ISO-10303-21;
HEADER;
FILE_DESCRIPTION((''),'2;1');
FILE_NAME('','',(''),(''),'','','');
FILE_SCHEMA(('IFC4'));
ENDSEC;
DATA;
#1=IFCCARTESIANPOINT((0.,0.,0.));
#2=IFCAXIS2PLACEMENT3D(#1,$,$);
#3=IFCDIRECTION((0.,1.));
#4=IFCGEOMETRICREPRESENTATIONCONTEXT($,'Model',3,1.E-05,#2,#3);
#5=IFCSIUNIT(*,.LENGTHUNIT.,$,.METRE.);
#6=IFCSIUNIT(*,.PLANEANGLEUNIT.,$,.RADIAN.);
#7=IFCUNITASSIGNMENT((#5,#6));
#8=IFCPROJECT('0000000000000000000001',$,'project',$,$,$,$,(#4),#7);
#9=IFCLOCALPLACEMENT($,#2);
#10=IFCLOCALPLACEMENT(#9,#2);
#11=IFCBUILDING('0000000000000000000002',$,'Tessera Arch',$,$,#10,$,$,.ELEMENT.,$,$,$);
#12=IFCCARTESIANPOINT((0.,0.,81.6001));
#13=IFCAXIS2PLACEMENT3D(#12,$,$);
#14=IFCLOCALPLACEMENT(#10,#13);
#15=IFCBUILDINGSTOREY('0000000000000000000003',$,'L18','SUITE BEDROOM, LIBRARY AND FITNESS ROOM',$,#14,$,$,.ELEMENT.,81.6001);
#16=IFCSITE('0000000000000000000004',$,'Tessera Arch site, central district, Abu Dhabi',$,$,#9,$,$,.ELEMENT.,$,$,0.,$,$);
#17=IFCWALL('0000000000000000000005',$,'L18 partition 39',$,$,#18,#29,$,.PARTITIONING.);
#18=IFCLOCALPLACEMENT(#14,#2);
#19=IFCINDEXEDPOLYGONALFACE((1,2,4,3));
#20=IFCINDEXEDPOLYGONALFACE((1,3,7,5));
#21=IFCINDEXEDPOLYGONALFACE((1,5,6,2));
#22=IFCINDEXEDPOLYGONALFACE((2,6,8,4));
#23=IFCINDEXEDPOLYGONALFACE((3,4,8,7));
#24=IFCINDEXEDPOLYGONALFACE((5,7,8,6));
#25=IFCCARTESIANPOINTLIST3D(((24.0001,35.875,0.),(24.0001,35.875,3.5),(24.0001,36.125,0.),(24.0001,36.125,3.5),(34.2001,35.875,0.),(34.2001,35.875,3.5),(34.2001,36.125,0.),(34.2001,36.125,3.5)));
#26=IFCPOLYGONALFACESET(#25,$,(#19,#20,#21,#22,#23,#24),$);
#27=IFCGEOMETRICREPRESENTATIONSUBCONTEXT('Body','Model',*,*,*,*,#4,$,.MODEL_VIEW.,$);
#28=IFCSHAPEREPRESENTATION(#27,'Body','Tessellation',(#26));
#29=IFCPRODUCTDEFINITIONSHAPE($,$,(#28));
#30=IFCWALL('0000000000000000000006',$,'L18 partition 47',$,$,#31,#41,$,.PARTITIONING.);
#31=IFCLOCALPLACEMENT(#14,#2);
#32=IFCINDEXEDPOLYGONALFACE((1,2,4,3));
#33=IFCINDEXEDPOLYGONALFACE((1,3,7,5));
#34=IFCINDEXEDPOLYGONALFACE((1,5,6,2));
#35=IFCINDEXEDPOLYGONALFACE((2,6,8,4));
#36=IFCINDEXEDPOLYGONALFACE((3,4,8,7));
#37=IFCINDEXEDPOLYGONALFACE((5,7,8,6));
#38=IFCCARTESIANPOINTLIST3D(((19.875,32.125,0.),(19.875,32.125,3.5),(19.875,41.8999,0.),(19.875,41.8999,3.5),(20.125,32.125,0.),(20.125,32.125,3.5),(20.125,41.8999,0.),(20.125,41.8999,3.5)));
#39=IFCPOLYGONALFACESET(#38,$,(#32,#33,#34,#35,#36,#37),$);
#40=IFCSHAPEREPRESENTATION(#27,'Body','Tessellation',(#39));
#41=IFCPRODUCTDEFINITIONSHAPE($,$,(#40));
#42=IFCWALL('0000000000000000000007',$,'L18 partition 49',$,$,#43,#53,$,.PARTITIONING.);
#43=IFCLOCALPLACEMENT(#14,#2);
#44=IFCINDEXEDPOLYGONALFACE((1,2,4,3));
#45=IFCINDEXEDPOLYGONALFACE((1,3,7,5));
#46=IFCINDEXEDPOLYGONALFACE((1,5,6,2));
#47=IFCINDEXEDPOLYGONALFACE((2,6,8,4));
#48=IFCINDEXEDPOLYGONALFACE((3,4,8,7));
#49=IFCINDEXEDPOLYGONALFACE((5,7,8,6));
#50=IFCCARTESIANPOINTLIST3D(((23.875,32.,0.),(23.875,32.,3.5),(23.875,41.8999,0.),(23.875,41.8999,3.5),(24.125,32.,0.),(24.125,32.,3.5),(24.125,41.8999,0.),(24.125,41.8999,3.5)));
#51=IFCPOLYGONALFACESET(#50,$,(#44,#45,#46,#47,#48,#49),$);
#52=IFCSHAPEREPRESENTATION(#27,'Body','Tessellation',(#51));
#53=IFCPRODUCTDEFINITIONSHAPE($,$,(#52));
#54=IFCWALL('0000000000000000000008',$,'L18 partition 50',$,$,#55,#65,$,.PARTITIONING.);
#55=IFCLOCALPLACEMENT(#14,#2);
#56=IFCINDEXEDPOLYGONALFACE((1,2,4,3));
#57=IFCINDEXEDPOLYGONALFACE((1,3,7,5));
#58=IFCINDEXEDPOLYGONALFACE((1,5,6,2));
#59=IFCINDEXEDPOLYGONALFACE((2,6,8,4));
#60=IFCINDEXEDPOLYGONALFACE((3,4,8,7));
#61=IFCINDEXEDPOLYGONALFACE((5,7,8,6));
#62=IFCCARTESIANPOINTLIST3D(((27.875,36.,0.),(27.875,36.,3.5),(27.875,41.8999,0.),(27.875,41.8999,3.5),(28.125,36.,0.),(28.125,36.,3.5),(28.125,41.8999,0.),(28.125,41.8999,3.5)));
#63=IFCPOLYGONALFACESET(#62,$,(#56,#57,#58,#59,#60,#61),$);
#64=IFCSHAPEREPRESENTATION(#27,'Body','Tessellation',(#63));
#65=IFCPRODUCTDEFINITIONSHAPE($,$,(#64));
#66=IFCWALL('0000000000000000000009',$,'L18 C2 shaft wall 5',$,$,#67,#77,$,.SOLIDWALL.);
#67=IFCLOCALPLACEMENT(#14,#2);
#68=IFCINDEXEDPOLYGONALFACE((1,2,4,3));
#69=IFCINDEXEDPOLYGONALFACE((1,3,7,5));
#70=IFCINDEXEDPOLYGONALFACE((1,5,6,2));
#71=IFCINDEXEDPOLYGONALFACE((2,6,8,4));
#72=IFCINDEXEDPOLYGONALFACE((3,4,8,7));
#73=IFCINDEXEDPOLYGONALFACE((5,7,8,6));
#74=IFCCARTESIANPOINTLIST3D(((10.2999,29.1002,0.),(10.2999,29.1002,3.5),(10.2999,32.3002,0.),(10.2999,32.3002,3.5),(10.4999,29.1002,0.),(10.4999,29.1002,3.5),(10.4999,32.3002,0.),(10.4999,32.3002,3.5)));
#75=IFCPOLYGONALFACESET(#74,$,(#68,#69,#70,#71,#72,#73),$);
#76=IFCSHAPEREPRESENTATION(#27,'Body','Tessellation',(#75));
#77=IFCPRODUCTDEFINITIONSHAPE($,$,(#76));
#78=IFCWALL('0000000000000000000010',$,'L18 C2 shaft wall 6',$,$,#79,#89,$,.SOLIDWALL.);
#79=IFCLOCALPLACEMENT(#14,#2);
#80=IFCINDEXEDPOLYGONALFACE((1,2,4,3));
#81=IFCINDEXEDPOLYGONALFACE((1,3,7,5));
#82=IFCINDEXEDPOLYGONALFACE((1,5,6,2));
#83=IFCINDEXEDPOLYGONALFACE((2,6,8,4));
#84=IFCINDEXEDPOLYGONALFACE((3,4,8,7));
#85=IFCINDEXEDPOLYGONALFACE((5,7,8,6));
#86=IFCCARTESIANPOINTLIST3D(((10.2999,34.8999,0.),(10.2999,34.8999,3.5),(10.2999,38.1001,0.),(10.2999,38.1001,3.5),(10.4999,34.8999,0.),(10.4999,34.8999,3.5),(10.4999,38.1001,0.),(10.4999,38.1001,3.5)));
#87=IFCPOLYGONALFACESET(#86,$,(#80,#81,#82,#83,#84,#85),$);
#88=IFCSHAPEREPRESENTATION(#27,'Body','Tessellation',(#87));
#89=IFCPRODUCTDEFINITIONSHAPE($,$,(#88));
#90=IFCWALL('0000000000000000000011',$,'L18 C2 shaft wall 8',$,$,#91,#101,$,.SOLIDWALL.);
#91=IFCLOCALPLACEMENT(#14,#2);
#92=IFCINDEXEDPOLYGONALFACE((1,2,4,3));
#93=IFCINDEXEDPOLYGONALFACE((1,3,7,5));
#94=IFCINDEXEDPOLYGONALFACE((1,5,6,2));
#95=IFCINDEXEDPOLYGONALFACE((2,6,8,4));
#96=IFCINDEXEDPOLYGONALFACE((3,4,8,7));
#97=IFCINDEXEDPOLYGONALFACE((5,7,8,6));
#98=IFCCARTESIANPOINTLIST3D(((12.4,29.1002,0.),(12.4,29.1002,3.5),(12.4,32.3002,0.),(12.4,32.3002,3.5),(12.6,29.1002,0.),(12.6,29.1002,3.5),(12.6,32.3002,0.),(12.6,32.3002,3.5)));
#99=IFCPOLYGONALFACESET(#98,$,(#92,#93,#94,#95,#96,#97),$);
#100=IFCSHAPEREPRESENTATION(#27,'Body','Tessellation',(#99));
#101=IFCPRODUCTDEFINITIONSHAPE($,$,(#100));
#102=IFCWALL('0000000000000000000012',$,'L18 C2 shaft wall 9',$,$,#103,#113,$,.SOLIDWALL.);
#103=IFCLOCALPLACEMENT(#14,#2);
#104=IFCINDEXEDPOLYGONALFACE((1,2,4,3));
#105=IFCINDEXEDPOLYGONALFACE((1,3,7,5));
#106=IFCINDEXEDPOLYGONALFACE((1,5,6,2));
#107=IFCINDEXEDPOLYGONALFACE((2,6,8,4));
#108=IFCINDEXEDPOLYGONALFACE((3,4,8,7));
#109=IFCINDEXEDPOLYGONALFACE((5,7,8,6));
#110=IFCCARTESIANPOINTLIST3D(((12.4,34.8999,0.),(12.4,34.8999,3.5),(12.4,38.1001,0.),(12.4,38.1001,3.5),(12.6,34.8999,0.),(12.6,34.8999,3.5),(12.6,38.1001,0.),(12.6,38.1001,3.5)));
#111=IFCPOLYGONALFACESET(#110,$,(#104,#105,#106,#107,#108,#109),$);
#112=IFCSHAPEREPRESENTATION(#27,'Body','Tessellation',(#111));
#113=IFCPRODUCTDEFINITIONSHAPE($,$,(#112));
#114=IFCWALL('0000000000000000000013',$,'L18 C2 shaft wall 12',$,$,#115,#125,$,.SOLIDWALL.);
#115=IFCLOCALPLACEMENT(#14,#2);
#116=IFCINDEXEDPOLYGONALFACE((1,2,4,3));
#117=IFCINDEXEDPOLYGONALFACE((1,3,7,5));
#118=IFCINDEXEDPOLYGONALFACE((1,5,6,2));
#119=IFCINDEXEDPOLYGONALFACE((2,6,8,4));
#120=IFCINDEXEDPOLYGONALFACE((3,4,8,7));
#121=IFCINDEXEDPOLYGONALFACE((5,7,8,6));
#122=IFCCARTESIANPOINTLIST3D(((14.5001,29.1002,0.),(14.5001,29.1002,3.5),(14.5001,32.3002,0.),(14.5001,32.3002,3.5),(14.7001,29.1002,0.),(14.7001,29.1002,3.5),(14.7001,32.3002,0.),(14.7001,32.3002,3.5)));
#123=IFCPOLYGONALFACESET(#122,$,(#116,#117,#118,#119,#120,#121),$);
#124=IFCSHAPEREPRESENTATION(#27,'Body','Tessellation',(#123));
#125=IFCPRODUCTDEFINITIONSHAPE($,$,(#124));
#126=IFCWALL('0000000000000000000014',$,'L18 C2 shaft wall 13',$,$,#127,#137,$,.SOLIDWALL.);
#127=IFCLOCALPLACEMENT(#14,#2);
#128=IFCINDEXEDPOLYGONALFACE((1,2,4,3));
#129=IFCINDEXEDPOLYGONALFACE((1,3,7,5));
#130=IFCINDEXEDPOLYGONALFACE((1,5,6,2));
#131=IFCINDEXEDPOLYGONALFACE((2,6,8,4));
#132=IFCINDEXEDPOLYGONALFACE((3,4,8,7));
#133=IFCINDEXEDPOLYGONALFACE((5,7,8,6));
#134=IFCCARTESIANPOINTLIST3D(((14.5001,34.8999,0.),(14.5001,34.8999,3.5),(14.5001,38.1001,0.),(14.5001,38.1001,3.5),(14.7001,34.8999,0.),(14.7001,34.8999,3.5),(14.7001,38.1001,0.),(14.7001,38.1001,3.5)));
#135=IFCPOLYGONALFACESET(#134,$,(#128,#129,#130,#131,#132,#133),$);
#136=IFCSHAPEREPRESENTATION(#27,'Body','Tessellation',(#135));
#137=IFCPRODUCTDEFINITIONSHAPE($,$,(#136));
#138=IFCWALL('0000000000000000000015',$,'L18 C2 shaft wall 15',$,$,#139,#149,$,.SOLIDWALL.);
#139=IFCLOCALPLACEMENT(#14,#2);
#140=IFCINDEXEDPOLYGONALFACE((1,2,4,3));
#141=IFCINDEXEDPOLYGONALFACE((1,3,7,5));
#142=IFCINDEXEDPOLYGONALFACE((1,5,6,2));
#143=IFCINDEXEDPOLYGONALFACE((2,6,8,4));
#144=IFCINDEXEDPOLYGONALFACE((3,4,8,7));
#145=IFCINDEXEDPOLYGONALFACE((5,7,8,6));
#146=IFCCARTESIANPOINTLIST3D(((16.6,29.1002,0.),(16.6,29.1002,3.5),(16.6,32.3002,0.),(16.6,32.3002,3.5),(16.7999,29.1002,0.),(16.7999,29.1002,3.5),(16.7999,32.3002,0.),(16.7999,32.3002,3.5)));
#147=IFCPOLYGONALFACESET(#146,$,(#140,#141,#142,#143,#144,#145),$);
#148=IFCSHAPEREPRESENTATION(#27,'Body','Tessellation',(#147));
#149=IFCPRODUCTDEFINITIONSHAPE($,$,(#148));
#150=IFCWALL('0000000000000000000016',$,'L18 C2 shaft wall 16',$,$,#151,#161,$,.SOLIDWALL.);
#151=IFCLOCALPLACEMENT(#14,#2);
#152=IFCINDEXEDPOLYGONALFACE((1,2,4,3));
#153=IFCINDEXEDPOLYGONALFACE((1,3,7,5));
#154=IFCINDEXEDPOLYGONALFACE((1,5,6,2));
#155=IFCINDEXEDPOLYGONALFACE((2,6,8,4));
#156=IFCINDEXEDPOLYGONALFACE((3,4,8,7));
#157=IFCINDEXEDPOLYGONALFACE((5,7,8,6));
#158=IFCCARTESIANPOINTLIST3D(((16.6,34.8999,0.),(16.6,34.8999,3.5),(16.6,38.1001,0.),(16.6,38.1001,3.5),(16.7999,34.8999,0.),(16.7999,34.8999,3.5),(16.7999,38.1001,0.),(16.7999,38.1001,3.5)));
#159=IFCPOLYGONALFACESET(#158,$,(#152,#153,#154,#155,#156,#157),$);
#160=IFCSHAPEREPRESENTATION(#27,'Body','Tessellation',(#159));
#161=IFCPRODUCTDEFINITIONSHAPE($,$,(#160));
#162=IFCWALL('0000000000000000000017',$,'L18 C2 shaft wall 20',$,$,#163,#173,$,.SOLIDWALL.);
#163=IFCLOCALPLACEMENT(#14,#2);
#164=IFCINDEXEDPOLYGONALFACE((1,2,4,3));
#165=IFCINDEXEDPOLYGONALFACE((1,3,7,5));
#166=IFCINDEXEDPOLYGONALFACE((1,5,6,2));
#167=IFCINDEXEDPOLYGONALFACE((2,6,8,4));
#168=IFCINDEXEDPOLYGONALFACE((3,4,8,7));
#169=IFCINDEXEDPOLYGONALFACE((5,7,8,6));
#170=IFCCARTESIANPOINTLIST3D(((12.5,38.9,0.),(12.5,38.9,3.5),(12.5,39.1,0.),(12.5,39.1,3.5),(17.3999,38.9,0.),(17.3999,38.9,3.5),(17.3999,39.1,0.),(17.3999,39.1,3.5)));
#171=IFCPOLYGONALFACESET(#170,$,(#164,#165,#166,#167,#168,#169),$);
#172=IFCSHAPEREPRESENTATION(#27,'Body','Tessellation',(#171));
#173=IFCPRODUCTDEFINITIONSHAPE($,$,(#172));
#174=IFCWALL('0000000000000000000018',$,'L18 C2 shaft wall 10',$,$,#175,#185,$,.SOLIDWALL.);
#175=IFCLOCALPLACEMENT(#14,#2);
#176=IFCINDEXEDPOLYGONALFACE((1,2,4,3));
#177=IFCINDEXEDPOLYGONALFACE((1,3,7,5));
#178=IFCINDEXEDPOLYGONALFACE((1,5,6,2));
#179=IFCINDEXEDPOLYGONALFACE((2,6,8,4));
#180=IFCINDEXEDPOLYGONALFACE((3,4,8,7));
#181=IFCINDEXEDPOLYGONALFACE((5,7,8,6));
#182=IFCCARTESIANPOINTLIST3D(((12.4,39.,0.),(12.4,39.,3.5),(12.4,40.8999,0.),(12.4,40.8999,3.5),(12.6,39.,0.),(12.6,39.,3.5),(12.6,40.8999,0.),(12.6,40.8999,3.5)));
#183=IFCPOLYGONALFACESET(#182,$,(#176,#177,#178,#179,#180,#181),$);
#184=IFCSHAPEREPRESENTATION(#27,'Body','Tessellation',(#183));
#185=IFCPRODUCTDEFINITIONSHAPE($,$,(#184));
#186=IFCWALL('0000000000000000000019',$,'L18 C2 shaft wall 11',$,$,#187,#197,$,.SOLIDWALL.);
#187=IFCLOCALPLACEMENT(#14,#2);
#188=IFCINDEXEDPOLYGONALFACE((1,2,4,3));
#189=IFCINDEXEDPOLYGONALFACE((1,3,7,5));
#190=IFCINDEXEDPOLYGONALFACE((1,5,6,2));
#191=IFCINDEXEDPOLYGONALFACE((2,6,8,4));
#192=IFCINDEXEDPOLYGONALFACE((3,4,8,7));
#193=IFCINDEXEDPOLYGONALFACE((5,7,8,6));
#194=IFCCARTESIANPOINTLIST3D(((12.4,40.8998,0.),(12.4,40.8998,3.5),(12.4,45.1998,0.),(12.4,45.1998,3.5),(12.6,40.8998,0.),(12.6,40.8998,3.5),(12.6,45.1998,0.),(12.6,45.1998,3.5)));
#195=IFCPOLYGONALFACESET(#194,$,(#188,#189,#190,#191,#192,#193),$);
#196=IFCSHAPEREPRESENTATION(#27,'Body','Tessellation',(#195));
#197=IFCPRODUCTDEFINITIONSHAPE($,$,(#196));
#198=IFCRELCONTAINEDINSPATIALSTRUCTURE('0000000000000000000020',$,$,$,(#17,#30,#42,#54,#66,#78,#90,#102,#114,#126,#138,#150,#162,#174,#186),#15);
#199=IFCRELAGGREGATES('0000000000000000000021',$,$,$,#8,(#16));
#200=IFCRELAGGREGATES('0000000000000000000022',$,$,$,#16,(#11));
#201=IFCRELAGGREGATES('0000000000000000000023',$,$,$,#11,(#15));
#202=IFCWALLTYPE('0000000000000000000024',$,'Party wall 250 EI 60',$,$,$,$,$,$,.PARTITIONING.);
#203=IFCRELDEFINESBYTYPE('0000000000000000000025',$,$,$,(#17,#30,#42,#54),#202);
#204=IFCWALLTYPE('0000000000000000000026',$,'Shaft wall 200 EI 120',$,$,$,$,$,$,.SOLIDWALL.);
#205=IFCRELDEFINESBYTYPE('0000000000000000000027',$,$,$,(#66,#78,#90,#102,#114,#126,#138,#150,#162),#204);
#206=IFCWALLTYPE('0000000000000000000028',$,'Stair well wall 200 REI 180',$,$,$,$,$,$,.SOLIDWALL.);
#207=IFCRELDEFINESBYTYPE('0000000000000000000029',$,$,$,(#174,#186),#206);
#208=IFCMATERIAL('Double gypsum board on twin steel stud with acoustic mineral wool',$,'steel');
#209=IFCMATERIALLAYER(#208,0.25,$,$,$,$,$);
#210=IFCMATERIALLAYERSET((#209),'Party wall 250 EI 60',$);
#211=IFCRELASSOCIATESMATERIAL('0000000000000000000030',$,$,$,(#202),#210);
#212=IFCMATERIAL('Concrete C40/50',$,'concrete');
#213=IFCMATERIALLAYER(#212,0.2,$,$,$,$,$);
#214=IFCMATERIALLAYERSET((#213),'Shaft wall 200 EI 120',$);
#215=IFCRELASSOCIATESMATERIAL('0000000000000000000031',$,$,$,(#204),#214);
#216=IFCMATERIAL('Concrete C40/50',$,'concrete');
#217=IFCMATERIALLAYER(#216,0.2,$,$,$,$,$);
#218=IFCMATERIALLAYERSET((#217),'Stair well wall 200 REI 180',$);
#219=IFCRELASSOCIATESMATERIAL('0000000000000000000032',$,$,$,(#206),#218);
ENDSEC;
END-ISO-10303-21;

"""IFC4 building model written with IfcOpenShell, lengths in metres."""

from ifc_helpers import new_model, si_unit, direction, frame, frame_2d, origin, place, context, subcontext, project, spatial, rectangle, extrude, material, layer, layer_set, type_object, element, save


model = new_model("IFC4")

# Units and contexts
model_context = context("Model", 3, precision=1e-05, world=origin(), true_north=direction((0.0, 1.0)))
body_context = subcontext(model_context, "Body", "Model", "MODEL_VIEW")
ifc_project = project(units=[si_unit("LENGTHUNIT", "METRE"), si_unit("PLANEANGLEUNIT", "RADIAN")], contexts=[model_context])

# Site, building, storey
site_placement = place(None, origin())
site = spatial("IfcSite", under=ifc_project, at=site_placement, Name="Tessera Arch site, central district, Abu Dhabi", CompositionType="ELEMENT", RefElevation=0.0)
building_placement = place(site_placement, origin())
building = spatial("IfcBuilding", under=site, at=building_placement, Name="Tessera Arch", CompositionType="ELEMENT")
storey_placement = place(building_placement, frame((0.0, 0.0, 81.6001)))
storey = spatial("IfcBuildingStorey", under=building, at=storey_placement, Name="L18", Description="SUITE BEDROOM, LIBRARY AND FITNESS ROOM", CompositionType="ELEMENT", Elevation=81.6001)

# Walls
ifc_material_1 = material(Name="Double gypsum board on twin steel stud with acoustic mineral wool", Category="steel")
ifc_layer_1 = layer(ifc_material_1, 0.25)
ifc_layer_set_1 = layer_set([ifc_layer_1], Name="Party wall 250 EI 60")
wall_type_1 = type_object("IfcWallType", Name="Party wall 250 EI 60", PredefinedType="PARTITIONING", material=ifc_layer_set_1)
wall_1_placement = place(storey_placement, frame((24.0, 36.0, 0.0), z_axis=(0.0, 0.0, 1.0), x_axis=(1.0, 0.0, 0.0)))
element("IfcWall", 1, at=wall_1_placement, inside=storey, type_object=wall_type_1, Name="L18 partition 39", PredefinedType="PARTITIONING", context=body_context, shape_type="SweptSolid", body=[
    extrude(rectangle(XDim=10.2, YDim=0.25, at=frame_2d((5.1001, 0.0))), origin(), (0.0, 0.0, 1.0), 3.5),
])
wall_2_placement = place(storey_placement, frame((20.0, 32.125, 0.0), z_axis=(0.0, 0.0, 1.0), x_axis=(0.0, 1.0, 0.0)))
element("IfcWall", 2, at=wall_2_placement, inside=storey, type_object=wall_type_1, Name="L18 partition 47", PredefinedType="PARTITIONING", context=body_context, shape_type="SweptSolid", body=[
    extrude(rectangle(XDim=9.7749, YDim=0.25, at=frame_2d((4.8875, 0.0))), origin(), (0.0, 0.0, 1.0), 3.5),
])
wall_3_placement = place(storey_placement, frame((24.0, 32.0, 0.0), z_axis=(0.0, 0.0, 1.0), x_axis=(0.0, 1.0, 0.0)))
element("IfcWall", 3, at=wall_3_placement, inside=storey, type_object=wall_type_1, Name="L18 partition 49", PredefinedType="PARTITIONING", context=body_context, shape_type="SweptSolid", body=[
    extrude(rectangle(XDim=9.8999, YDim=0.25, at=frame_2d((4.95, 0.0))), origin(), (0.0, 0.0, 1.0), 3.5),
])
wall_4_placement = place(storey_placement, frame((28.0, 36.0, 0.0), z_axis=(0.0, 0.0, 1.0), x_axis=(0.0, 1.0, 0.0)))
element("IfcWall", 4, at=wall_4_placement, inside=storey, type_object=wall_type_1, Name="L18 partition 50", PredefinedType="PARTITIONING", context=body_context, shape_type="SweptSolid", body=[
    extrude(rectangle(XDim=5.8999, YDim=0.25, at=frame_2d((2.95, 0.0))), origin(), (0.0, 0.0, 1.0), 3.5),
])
ifc_material_2 = material(Name="Concrete C40/50", Category="concrete")
ifc_layer_2 = layer(ifc_material_2, 0.2)
ifc_layer_set_2 = layer_set([ifc_layer_2], Name="Shaft wall 200 EI 120")
wall_type_2 = type_object("IfcWallType", Name="Shaft wall 200 EI 120", PredefinedType="SOLIDWALL", material=ifc_layer_set_2)
wall_5_placement = place(storey_placement, frame((10.3999, 29.1001, 0.0), z_axis=(0.0, 0.0, 1.0), x_axis=(0.0, 1.0, 0.0)))
element("IfcWall", 5, at=wall_5_placement, inside=storey, type_object=wall_type_2, Name="L18 C2 shaft wall 5", PredefinedType="SOLIDWALL", context=body_context, shape_type="SweptSolid", body=[
    extrude(rectangle(XDim=3.2, YDim=0.2, at=frame_2d((1.6001, 0.0))), origin(), (0.0, 0.0, 1.0), 3.5),
])
wall_6_placement = place(storey_placement, frame((10.3999, 34.8999, 0.0), z_axis=(0.0, 0.0, 1.0), x_axis=(0.0, 1.0, 0.0)))
element("IfcWall", 6, at=wall_6_placement, inside=storey, type_object=wall_type_2, Name="L18 C2 shaft wall 6", PredefinedType="SOLIDWALL", context=body_context, shape_type="SweptSolid", body=[
    extrude(rectangle(XDim=3.2002, YDim=0.2, at=frame_2d((1.6001, 0.0))), origin(), (0.0, 0.0, 1.0), 3.5),
])
wall_7_placement = place(storey_placement, frame((12.5, 29.1001, 0.0), z_axis=(0.0, 0.0, 1.0), x_axis=(0.0, 1.0, 0.0)))
element("IfcWall", 7, at=wall_7_placement, inside=storey, type_object=wall_type_2, Name="L18 C2 shaft wall 8", PredefinedType="SOLIDWALL", context=body_context, shape_type="SweptSolid", body=[
    extrude(rectangle(XDim=3.2, YDim=0.2, at=frame_2d((1.6001, 0.0))), origin(), (0.0, 0.0, 1.0), 3.5),
])
wall_8_placement = place(storey_placement, frame((12.5, 34.8999, 0.0), z_axis=(0.0, 0.0, 1.0), x_axis=(0.0, 1.0, 0.0)))
element("IfcWall", 8, at=wall_8_placement, inside=storey, type_object=wall_type_2, Name="L18 C2 shaft wall 9", PredefinedType="SOLIDWALL", context=body_context, shape_type="SweptSolid", body=[
    extrude(rectangle(XDim=3.2002, YDim=0.2, at=frame_2d((1.6001, 0.0))), origin(), (0.0, 0.0, 1.0), 3.5),
])
wall_9_placement = place(storey_placement, frame((14.6001, 29.1001, 0.0), z_axis=(0.0, 0.0, 1.0), x_axis=(0.0, 1.0, 0.0)))
element("IfcWall", 9, at=wall_9_placement, inside=storey, type_object=wall_type_2, Name="L18 C2 shaft wall 12", PredefinedType="SOLIDWALL", context=body_context, shape_type="SweptSolid", body=[
    extrude(rectangle(XDim=3.2, YDim=0.2, at=frame_2d((1.6001, 0.0))), origin(), (0.0, 0.0, 1.0), 3.5),
])
wall_10_placement = place(storey_placement, frame((14.6001, 34.8999, 0.0), z_axis=(0.0, 0.0, 1.0), x_axis=(0.0, 1.0, 0.0)))
element("IfcWall", 10, at=wall_10_placement, inside=storey, type_object=wall_type_2, Name="L18 C2 shaft wall 13", PredefinedType="SOLIDWALL", context=body_context, shape_type="SweptSolid", body=[
    extrude(rectangle(XDim=3.2002, YDim=0.2, at=frame_2d((1.6001, 0.0))), origin(), (0.0, 0.0, 1.0), 3.5),
])
wall_11_placement = place(storey_placement, frame((16.7, 29.1001, 0.0), z_axis=(0.0, 0.0, 1.0), x_axis=(0.0, 1.0, 0.0)))
element("IfcWall", 11, at=wall_11_placement, inside=storey, type_object=wall_type_2, Name="L18 C2 shaft wall 15", PredefinedType="SOLIDWALL", context=body_context, shape_type="SweptSolid", body=[
    extrude(rectangle(XDim=3.2, YDim=0.2, at=frame_2d((1.6001, 0.0))), origin(), (0.0, 0.0, 1.0), 3.5),
])
wall_12_placement = place(storey_placement, frame((16.7, 34.8999, 0.0), z_axis=(0.0, 0.0, 1.0), x_axis=(0.0, 1.0, 0.0)))
element("IfcWall", 12, at=wall_12_placement, inside=storey, type_object=wall_type_2, Name="L18 C2 shaft wall 16", PredefinedType="SOLIDWALL", context=body_context, shape_type="SweptSolid", body=[
    extrude(rectangle(XDim=3.2002, YDim=0.2, at=frame_2d((1.6001, 0.0))), origin(), (0.0, 0.0, 1.0), 3.5),
])
wall_13_placement = place(storey_placement, frame((12.5, 39.0, 0.0), z_axis=(0.0, 0.0, 1.0), x_axis=(1.0, 0.0, 0.0)))
element("IfcWall", 13, at=wall_13_placement, inside=storey, type_object=wall_type_2, Name="L18 C2 shaft wall 20", PredefinedType="SOLIDWALL", context=body_context, shape_type="SweptSolid", body=[
    extrude(rectangle(XDim=4.8999, YDim=0.2, at=frame_2d((2.45, 0.0))), origin(), (0.0, 0.0, 1.0), 3.5),
])
ifc_material_3 = material(Name="Concrete C40/50", Category="concrete")
ifc_layer_3 = layer(ifc_material_3, 0.2)
ifc_layer_set_3 = layer_set([ifc_layer_3], Name="Stair well wall 200 REI 180")
wall_type_3 = type_object("IfcWallType", Name="Stair well wall 200 REI 180", PredefinedType="SOLIDWALL", material=ifc_layer_set_3)
wall_14_placement = place(storey_placement, frame((12.5, 39.0, 0.0), z_axis=(0.0, 0.0, 1.0), x_axis=(0.0, 1.0, 0.0)))
element("IfcWall", 14, at=wall_14_placement, inside=storey, type_object=wall_type_3, Name="L18 C2 shaft wall 10", PredefinedType="SOLIDWALL", context=body_context, shape_type="SweptSolid", body=[
    extrude(rectangle(XDim=1.8999, YDim=0.2, at=frame_2d((0.95, 0.0))), origin(), (0.0, 0.0, 1.0), 3.5),
])
wall_15_placement = place(storey_placement, frame((12.5, 40.8999, 0.0), z_axis=(0.0, 0.0, 1.0), x_axis=(0.0, 1.0, 0.0)))
element("IfcWall", 15, at=wall_15_placement, inside=storey, type_object=wall_type_3, Name="L18 C2 shaft wall 11", PredefinedType="SOLIDWALL", context=body_context, shape_type="SweptSolid", body=[
    extrude(rectangle(XDim=4.3, YDim=0.2, at=frame_2d((2.1499, 0.0))), origin(), (0.0, 0.0, 1.0), 3.5),
])

save(model, "model.ifc")
